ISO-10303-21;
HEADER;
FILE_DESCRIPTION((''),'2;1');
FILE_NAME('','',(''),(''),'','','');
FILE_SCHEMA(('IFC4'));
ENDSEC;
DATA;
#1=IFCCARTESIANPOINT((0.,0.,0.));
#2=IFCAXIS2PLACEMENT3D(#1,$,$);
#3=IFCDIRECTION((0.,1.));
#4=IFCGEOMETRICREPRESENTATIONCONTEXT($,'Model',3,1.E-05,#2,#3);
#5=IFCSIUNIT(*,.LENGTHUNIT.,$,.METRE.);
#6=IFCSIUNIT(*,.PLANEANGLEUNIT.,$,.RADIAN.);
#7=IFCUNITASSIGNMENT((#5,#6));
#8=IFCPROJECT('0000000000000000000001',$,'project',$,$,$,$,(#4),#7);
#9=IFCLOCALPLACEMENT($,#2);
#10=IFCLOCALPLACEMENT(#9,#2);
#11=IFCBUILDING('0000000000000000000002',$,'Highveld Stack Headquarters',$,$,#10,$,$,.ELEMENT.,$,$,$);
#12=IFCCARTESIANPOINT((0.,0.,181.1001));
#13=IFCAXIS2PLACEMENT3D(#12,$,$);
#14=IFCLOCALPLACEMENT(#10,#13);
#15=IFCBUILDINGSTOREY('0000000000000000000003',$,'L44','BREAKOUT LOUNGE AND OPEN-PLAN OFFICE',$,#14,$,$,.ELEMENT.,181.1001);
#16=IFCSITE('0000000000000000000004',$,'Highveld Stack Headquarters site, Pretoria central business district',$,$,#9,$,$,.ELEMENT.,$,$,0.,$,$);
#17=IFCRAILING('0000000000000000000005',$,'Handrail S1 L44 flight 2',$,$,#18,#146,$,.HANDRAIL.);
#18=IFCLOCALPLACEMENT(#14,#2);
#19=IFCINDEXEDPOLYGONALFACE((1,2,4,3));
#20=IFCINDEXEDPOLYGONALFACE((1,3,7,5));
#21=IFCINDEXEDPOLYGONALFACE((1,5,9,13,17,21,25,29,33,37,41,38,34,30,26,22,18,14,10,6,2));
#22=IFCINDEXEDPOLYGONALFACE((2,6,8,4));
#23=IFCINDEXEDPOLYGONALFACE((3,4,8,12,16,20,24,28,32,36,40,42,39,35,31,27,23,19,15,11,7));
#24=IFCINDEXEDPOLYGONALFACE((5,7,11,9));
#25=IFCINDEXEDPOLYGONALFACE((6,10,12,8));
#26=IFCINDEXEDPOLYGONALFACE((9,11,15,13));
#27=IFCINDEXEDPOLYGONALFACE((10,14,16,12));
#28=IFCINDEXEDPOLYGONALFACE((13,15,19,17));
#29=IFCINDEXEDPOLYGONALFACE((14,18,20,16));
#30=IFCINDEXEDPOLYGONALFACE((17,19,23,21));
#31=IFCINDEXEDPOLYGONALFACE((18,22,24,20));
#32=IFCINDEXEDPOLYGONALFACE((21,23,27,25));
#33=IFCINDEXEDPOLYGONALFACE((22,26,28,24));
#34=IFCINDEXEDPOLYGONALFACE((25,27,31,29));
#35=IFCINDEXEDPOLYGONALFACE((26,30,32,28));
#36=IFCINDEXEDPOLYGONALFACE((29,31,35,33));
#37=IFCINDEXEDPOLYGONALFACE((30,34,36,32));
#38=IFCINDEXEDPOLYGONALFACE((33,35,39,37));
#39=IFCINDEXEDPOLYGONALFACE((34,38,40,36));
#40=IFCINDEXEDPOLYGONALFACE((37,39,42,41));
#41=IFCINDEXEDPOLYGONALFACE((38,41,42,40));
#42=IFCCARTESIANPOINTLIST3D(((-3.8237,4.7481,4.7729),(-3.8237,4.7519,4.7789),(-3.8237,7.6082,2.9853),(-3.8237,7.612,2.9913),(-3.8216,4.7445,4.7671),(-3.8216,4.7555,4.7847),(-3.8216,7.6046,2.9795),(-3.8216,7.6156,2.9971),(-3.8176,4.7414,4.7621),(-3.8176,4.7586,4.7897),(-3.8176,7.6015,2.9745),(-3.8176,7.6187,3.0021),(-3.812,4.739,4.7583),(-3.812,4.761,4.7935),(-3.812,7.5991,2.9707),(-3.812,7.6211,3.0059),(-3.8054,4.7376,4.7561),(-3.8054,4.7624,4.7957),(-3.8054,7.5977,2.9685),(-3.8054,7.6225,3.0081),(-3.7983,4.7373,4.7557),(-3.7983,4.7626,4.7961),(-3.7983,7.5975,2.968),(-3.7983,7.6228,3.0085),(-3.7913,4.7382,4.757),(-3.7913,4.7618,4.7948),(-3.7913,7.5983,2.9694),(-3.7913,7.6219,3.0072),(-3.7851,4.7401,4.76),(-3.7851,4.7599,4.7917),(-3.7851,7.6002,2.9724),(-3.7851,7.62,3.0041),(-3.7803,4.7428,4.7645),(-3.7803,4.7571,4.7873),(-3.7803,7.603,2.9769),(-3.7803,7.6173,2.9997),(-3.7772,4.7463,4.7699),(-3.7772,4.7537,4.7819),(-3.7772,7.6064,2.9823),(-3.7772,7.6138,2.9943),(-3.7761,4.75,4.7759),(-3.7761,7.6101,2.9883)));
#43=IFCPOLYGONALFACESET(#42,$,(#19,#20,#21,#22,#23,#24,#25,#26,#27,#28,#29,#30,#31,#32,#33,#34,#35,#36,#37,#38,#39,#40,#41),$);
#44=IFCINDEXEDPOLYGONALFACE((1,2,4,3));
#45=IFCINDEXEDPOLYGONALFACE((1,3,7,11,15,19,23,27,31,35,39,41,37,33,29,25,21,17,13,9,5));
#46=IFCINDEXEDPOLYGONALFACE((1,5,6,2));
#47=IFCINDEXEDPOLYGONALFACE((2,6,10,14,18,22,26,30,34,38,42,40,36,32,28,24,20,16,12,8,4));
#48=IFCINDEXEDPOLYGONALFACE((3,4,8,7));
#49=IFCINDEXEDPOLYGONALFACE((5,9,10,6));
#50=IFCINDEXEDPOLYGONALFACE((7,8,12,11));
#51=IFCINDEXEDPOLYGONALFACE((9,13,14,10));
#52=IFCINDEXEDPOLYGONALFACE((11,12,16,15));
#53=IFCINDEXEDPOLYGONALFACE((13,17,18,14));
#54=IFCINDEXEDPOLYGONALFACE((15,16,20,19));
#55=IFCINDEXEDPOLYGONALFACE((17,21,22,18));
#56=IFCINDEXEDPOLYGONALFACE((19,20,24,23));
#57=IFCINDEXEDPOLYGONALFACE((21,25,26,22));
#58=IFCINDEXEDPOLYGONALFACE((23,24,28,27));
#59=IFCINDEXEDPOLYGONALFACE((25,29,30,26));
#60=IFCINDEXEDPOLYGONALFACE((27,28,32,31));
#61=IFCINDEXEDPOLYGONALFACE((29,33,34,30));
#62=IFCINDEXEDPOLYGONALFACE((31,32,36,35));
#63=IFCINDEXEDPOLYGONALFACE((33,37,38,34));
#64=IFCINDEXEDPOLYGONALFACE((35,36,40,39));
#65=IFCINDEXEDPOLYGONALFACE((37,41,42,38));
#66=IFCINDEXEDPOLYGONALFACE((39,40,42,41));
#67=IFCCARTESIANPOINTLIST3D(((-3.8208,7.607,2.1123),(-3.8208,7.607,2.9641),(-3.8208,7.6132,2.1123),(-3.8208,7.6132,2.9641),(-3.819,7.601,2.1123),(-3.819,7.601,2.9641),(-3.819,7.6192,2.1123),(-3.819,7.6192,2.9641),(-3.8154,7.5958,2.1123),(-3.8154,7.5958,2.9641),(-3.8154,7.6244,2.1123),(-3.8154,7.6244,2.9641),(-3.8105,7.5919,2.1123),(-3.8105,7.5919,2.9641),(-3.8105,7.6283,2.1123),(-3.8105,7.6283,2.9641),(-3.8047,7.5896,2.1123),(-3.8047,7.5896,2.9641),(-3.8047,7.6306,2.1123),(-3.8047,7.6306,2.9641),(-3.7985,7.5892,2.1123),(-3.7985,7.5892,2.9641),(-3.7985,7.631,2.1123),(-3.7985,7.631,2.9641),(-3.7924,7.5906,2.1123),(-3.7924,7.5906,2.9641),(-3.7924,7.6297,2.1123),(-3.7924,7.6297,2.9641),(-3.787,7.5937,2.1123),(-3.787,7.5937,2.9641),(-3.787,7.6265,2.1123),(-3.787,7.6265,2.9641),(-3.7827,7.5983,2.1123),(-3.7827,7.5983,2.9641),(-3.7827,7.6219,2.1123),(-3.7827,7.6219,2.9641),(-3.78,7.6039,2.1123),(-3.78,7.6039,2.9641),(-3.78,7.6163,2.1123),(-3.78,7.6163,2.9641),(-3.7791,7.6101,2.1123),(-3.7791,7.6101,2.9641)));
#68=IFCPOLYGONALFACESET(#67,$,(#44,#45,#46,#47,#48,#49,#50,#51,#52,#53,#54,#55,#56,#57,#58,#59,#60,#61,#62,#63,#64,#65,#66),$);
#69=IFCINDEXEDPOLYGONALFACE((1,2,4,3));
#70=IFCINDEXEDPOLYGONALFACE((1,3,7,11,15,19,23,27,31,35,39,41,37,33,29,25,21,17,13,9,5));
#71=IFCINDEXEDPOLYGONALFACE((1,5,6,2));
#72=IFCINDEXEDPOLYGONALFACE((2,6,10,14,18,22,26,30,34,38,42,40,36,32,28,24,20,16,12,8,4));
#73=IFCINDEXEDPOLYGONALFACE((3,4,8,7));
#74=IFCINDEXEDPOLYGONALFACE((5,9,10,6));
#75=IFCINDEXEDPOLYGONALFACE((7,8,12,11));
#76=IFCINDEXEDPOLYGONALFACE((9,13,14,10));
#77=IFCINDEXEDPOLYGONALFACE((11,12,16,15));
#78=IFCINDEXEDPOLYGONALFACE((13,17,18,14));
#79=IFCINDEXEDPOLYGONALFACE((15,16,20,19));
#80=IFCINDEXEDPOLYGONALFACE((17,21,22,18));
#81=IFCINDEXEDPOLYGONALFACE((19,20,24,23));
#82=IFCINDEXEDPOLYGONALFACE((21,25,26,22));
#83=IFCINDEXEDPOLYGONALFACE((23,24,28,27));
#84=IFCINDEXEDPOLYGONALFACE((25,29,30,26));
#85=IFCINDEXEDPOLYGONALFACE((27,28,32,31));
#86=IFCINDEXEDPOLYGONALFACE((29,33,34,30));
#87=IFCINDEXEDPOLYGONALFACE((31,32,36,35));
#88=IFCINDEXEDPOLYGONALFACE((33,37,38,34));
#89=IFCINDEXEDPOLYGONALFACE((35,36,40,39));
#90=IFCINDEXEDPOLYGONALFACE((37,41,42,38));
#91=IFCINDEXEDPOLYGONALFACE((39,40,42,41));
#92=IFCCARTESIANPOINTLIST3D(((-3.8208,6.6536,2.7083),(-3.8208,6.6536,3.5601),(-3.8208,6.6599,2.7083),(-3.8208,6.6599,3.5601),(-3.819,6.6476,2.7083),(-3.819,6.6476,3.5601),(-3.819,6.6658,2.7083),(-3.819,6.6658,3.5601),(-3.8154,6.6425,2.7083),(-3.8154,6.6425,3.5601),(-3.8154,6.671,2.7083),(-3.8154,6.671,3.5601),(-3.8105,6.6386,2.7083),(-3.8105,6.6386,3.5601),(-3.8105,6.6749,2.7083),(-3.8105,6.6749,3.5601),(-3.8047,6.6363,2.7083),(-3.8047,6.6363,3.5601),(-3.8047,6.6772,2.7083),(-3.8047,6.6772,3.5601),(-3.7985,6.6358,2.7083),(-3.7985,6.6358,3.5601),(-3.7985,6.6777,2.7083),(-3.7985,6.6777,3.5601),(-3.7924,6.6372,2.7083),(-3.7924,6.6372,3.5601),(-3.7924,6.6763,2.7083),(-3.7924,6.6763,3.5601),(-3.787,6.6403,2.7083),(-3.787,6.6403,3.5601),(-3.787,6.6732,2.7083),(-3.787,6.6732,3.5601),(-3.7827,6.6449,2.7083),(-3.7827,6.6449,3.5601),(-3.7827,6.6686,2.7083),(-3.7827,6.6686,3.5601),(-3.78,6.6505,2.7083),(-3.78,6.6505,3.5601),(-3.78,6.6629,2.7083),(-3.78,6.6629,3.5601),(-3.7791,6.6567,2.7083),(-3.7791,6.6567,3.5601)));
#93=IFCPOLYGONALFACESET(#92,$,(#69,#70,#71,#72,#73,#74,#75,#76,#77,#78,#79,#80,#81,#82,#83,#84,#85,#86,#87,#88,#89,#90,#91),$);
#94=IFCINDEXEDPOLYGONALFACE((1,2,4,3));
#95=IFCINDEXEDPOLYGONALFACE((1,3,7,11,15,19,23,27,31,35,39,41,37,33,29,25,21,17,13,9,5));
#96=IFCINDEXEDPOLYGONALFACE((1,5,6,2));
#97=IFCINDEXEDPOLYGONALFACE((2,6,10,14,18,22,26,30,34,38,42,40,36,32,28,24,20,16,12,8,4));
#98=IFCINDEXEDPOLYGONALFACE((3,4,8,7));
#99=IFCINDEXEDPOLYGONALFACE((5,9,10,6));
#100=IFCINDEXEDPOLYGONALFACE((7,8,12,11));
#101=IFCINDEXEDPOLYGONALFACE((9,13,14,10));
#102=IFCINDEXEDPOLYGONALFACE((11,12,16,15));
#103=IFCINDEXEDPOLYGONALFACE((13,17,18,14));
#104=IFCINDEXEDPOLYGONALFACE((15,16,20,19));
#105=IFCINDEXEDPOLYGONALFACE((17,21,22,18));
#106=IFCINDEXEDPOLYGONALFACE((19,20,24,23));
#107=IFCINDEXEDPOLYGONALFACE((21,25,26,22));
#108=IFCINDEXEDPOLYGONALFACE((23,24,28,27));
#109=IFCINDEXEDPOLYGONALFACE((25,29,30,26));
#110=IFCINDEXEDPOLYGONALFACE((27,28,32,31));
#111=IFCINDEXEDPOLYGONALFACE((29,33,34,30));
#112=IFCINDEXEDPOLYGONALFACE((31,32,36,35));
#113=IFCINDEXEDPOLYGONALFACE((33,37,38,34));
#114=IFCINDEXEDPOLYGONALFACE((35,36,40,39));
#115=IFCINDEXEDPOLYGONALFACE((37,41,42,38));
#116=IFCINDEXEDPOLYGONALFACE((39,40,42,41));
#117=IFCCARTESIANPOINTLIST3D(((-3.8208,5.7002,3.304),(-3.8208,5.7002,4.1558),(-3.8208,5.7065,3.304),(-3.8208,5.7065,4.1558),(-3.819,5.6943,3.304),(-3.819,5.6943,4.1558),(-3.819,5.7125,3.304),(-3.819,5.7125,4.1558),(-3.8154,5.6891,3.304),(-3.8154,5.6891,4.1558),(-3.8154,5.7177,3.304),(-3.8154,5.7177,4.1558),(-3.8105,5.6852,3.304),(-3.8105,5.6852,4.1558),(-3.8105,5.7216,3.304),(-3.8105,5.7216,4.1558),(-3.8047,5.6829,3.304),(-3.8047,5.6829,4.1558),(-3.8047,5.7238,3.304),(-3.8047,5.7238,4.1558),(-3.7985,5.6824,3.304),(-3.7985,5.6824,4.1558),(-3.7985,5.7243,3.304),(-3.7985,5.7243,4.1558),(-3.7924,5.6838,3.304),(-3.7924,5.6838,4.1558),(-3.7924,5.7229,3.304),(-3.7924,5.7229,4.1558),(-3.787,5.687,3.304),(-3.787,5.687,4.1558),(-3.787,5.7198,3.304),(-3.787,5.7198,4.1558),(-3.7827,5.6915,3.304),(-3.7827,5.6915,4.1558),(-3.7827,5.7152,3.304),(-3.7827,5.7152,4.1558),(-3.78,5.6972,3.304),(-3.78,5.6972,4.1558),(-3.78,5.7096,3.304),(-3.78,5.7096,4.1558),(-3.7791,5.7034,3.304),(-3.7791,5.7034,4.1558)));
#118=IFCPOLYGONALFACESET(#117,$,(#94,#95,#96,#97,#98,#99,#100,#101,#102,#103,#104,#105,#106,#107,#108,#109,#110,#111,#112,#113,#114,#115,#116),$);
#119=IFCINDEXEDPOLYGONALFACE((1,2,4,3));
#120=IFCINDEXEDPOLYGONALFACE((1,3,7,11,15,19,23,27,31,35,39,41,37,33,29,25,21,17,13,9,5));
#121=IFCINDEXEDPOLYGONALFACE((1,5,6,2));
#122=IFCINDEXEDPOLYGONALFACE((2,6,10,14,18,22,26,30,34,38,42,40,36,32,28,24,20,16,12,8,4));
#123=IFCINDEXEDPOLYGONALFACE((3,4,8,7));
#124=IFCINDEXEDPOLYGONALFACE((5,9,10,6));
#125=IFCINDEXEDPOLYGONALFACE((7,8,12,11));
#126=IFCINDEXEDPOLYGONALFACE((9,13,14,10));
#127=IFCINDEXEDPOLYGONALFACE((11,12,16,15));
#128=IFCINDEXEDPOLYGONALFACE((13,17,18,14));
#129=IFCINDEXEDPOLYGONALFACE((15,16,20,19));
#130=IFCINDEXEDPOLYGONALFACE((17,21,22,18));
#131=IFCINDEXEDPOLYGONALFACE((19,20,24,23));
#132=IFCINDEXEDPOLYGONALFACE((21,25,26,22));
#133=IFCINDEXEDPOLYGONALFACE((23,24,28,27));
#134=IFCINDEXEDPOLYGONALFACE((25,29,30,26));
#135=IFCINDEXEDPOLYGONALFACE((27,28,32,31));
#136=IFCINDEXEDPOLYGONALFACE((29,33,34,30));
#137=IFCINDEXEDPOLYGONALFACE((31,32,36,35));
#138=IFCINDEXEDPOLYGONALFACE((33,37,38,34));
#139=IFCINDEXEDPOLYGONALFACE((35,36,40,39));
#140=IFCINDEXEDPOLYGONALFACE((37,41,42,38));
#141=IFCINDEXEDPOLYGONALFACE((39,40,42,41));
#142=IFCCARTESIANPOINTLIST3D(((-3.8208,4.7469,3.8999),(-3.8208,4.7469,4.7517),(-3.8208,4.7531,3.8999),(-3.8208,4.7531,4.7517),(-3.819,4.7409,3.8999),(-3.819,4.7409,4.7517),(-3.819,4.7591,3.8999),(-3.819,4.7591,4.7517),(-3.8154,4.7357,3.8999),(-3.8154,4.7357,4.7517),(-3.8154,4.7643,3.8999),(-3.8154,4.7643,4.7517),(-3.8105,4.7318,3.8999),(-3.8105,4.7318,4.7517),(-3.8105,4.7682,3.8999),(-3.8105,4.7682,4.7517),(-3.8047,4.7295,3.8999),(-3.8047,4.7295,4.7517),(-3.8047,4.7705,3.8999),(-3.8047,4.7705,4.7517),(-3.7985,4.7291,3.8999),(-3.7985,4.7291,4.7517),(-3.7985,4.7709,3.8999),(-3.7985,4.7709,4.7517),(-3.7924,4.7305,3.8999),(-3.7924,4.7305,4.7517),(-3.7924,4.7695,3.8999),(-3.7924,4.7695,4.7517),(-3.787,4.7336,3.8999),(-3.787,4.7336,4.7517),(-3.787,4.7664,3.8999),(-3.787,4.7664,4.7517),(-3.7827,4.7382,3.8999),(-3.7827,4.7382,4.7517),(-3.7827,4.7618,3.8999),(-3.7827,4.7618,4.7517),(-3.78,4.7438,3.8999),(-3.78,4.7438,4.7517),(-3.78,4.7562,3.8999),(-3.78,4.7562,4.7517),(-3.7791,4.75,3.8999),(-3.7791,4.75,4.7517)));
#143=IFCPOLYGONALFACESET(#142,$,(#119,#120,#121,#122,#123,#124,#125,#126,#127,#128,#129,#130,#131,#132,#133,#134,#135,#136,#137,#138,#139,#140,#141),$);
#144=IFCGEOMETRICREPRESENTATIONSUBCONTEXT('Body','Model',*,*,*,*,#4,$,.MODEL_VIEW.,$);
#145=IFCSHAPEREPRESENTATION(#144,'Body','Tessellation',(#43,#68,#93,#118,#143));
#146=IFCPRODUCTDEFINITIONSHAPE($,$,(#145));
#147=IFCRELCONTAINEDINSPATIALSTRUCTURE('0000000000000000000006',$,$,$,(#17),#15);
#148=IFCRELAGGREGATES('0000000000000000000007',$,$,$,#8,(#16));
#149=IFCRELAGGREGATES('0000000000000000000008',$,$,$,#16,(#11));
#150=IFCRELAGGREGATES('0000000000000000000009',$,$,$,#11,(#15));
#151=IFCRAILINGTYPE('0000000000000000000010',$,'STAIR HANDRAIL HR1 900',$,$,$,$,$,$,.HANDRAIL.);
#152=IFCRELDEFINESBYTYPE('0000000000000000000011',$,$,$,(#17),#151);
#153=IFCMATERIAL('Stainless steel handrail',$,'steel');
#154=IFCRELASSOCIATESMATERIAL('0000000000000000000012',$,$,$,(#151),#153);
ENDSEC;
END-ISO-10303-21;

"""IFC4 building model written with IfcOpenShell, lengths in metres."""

from ifc_helpers import new_model, si_unit, direction, frame, origin, origin_2d, place, context, subcontext, project, spatial, circle, extrude, material, type_object, element, save


model = new_model("IFC4")

# Units and contexts
model_context = context("Model", 3, precision=1e-05, world=origin(), true_north=direction((0.0, 1.0)))
body_context = subcontext(model_context, "Body", "Model", "MODEL_VIEW")
ifc_project = project(units=[si_unit("LENGTHUNIT", "METRE"), si_unit("PLANEANGLEUNIT", "RADIAN")], contexts=[model_context])

# Site, building, storey
site_placement = place(None, origin())
site = spatial("IfcSite", under=ifc_project, at=site_placement, Name="Highveld Stack Headquarters site, Pretoria central business district", CompositionType="ELEMENT", RefElevation=0.0)
building_placement = place(site_placement, origin())
building = spatial("IfcBuilding", under=site, at=building_placement, Name="Highveld Stack Headquarters", CompositionType="ELEMENT")
storey_placement = place(building_placement, frame((0.0, 0.0, 181.1001)))
storey = spatial("IfcBuildingStorey", under=building, at=storey_placement, Name="L44", Description="BREAKOUT LOUNGE AND OPEN-PLAN OFFICE", CompositionType="ELEMENT", Elevation=181.1001)

# Railing
ifc_material_1 = material(Name="Stainless steel handrail", Category="steel")
railing_type = type_object("IfcRailingType", Name="STAIR HANDRAIL HR1 900", PredefinedType="HANDRAIL", material=ifc_material_1)
for number, where, name in (
    (1, (-3.8, 7.6101, 2.1123), "Handrail S1 L44 flight 2"),
):
    element("IfcRailing", number, at=place(storey_placement, frame(where)), inside=storey, type_object=railing_type, Name=name, PredefinedType="HANDRAIL", context=body_context, shape_type="SweptSolid", body=[
        extrude(circle(Radius=0.0239, at=origin_2d()), frame((0.0, 0.0, 0.876), z_axis=(0.0, -0.847994, 0.530005), x_axis=(1.0, 0.0, 0.0)), (0.0, 0.0, 1.0), 3.3728),
        extrude(circle(Radius=0.021, at=origin_2d()), origin(), (0.0, 0.0, 1.0), 0.8518),
        extrude(circle(Radius=0.021, at=origin_2d()), frame((0.0, -0.9534, 0.5959)), (0.0, 0.0, 1.0), 0.8518),
        extrude(circle(Radius=0.021, at=origin_2d()), frame((0.0, -1.9067, 1.1917)), (0.0, 0.0, 1.0), 0.8518),
        extrude(circle(Radius=0.021, at=origin_2d()), frame((0.0, -2.8601, 1.7876)), (0.0, 0.0, 1.0), 0.8518),
    ])

save(model, "model.ifc")
